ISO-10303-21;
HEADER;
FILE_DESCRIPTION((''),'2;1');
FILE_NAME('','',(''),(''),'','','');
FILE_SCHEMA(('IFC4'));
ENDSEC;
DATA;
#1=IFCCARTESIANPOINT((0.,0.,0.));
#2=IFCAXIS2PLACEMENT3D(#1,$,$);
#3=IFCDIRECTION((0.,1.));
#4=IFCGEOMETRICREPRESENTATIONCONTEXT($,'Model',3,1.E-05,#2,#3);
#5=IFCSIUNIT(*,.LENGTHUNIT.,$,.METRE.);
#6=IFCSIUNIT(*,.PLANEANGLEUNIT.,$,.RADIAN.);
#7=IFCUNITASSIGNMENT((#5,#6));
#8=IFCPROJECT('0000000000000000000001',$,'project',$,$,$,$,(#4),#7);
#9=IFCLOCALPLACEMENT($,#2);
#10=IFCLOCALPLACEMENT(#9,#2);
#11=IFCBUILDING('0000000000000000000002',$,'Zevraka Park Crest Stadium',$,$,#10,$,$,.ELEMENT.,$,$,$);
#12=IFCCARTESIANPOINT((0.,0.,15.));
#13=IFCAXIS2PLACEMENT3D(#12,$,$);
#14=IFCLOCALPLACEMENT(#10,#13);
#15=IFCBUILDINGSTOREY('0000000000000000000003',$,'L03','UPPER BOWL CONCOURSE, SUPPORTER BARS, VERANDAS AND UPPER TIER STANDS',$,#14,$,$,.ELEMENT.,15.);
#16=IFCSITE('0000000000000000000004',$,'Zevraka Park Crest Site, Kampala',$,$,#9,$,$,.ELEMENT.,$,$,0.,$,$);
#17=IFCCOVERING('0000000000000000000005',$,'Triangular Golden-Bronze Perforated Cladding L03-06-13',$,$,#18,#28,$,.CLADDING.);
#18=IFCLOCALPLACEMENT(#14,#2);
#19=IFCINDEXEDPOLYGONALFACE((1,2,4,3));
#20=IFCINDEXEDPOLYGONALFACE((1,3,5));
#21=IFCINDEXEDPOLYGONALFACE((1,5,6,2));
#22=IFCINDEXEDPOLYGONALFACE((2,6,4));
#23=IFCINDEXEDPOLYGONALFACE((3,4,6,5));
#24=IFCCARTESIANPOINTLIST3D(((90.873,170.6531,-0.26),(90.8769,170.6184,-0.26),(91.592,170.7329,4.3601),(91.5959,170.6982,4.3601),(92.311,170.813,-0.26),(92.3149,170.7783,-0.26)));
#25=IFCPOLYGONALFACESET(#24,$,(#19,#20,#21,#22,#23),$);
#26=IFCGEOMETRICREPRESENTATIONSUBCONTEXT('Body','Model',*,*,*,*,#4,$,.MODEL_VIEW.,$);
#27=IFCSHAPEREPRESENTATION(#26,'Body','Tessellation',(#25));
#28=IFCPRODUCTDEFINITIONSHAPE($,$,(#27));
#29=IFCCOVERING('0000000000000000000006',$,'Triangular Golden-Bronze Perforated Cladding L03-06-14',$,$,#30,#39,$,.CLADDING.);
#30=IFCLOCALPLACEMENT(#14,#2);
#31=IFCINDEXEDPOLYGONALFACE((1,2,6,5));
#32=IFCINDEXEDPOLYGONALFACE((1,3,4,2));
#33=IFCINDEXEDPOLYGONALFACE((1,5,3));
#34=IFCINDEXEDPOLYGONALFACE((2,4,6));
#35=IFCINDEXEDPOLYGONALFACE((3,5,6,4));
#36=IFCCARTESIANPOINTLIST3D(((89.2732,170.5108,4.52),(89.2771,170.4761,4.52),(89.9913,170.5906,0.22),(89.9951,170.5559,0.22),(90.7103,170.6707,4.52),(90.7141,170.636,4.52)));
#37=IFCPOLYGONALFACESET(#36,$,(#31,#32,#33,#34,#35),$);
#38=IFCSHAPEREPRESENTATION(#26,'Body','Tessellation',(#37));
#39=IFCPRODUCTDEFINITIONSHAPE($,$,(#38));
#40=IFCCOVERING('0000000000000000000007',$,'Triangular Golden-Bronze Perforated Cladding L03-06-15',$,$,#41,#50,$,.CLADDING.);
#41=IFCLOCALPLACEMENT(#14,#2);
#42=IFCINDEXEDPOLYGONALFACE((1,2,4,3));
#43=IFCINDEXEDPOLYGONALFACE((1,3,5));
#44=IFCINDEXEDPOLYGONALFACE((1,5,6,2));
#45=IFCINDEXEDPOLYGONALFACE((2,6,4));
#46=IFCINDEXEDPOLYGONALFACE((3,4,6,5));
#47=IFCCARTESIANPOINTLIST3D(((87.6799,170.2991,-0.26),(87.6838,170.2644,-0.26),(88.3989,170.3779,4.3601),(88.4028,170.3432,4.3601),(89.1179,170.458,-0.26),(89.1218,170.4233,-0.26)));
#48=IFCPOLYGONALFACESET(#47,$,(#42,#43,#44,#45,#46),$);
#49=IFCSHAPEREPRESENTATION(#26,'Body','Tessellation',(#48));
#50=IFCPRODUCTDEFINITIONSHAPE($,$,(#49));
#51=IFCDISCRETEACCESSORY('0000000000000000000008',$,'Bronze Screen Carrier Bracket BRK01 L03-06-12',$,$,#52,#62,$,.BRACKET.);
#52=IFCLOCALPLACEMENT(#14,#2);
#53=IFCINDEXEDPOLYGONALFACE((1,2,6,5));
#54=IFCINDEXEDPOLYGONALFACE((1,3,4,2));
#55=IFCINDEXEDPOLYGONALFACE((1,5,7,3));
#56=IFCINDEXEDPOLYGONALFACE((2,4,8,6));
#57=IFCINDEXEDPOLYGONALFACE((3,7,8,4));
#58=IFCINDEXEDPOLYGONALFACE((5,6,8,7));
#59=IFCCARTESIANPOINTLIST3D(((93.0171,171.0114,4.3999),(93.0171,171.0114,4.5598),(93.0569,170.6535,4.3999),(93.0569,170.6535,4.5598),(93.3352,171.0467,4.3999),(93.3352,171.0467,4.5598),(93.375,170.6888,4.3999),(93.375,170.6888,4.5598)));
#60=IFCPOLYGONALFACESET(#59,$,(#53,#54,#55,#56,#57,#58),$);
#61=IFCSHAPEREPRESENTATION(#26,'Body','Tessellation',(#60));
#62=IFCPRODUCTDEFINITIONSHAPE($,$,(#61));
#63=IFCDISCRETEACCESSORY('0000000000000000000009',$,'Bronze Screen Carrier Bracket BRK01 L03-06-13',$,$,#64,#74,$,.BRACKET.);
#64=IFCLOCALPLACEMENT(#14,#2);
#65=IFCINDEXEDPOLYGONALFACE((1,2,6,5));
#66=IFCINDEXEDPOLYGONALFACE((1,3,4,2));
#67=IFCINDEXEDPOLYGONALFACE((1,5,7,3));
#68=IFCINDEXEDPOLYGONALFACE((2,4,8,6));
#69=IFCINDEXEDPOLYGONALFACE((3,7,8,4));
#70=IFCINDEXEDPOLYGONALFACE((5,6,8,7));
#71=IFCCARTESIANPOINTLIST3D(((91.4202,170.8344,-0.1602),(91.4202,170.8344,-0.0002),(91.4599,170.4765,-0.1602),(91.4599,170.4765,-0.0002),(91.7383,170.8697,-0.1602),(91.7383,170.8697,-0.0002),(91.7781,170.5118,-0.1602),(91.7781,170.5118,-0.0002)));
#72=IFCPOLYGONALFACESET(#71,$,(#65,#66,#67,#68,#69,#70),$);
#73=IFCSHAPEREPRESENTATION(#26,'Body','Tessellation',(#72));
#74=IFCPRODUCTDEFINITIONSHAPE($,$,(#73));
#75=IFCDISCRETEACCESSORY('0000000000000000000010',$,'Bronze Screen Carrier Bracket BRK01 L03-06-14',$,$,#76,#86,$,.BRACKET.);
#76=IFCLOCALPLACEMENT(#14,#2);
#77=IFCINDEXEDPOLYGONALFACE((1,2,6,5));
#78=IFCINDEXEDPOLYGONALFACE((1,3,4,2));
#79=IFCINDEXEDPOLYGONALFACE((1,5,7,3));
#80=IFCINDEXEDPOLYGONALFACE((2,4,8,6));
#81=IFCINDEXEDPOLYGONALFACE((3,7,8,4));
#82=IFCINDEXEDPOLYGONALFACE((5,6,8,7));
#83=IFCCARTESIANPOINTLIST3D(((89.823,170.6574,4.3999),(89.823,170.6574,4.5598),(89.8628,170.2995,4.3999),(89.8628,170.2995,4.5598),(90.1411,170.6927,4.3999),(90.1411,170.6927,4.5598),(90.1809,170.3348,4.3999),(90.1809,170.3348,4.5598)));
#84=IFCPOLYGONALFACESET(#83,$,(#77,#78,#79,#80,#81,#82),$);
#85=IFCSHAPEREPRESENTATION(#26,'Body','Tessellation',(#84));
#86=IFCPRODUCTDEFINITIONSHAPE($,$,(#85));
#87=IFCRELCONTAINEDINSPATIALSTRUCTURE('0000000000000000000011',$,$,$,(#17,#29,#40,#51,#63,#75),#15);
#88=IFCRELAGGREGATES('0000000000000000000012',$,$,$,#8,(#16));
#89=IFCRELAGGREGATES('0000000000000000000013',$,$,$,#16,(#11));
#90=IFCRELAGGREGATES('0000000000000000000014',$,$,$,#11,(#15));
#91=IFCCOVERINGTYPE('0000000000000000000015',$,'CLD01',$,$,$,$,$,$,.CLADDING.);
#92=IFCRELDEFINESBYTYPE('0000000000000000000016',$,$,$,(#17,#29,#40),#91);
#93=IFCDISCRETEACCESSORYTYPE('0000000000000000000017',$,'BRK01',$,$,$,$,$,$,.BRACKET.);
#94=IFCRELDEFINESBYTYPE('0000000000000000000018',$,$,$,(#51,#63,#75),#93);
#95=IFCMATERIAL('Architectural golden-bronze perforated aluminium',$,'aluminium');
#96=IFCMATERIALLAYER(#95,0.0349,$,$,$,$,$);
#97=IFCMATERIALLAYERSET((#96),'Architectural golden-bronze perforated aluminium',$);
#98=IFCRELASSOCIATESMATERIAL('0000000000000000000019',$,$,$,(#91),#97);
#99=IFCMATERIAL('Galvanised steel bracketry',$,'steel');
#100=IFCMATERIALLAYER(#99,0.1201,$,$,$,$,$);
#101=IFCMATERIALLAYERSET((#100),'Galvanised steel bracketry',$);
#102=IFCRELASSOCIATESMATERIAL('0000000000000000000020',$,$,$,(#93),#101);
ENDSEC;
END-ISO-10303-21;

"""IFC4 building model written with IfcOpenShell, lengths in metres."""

from ifc_helpers import new_model, si_unit, direction, frame, origin, origin_2d, place, context, subcontext, project, spatial, polyline, rectangle, outline, extrude, material, layer, layer_set, type_object, element, save


model = new_model("IFC4")

# Units and contexts
model_context = context("Model", 3, precision=1e-05, world=origin(), true_north=direction((0.0, 1.0)))
body_context = subcontext(model_context, "Body", "Model", "MODEL_VIEW")
ifc_project = project(units=[si_unit("LENGTHUNIT", "METRE"), si_unit("PLANEANGLEUNIT", "RADIAN")], contexts=[model_context])

# Site, building, storey
site_placement = place(None, origin())
site = spatial("IfcSite", under=ifc_project, at=site_placement, Name="Zevraka Park Crest Site, Kampala", CompositionType="ELEMENT", RefElevation=0.0)
building_placement = place(site_placement, origin())
building = spatial("IfcBuilding", under=site, at=building_placement, Name="Zevraka Park Crest Stadium", CompositionType="ELEMENT")
storey_placement = place(building_placement, frame((0.0, 0.0, 15.0)))
storey = spatial("IfcBuildingStorey", under=building, at=storey_placement, Name="L03", Description="UPPER BOWL CONCOURSE, SUPPORTER BARS, VERANDAS AND UPPER TIER STANDS", CompositionType="ELEMENT", Elevation=15.0)

# Coverings
ifc_material_1 = material(Name="Architectural golden-bronze perforated aluminium", Category="aluminium")
ifc_layer_1 = layer(ifc_material_1, 0.0349)
ifc_layer_set_1 = layer_set([ifc_layer_1], Name="Architectural golden-bronze perforated aluminium")
covering_type = type_object("IfcCoveringType", Name="CLD01", PredefinedType="CLADDING", material=ifc_layer_set_1)
covering_1_placement = place(storey_placement, frame((92.311, 170.813, -0.26), z_axis=(-0.110524, 0.993873, 0.000026), x_axis=(-0.993873, -0.110524, 0.0)))
element("IfcCovering", 1, at=covering_1_placement, inside=storey, type_object=covering_type, Name="Triangular Golden-Bronze Perforated Cladding L03-06-13", PredefinedType="CLADDING", context=body_context, shape_type="SweptSolid", body=[
    extrude(outline(polyline([(0.0, 0.0), (1.4469, 0.0), (0.7234, 4.6201), (0.0, 0.0)])), origin(), (0.0, 0.0, -1.0), 0.0349),
])
covering_2_placement = place(storey_placement, frame((89.2771, 170.4761, 4.52), z_axis=(0.110598, -0.993865, 0.000016), x_axis=(0.993865, 0.110598, 0.0)))
element("IfcCovering", 2, at=covering_2_placement, inside=storey, type_object=covering_type, Name="Triangular Golden-Bronze Perforated Cladding L03-06-14", PredefinedType="CLADDING", context=body_context, shape_type="SweptSolid", body=[
    extrude(outline(polyline([(0.0, 0.0), (1.4459, 0.0), (0.7224, -4.3), (0.0, 0.0)])), origin(), (0.0, 0.0, -1.0), 0.0349),
])
covering_3_placement = place(storey_placement, frame((89.1179, 170.458, -0.26), z_axis=(-0.109857, 0.993947, 0.000131), x_axis=(-0.993947, -0.109857, 0.0)))
element("IfcCovering", 3, at=covering_3_placement, inside=storey, type_object=covering_type, Name="Triangular Golden-Bronze Perforated Cladding L03-06-15", PredefinedType="CLADDING", context=body_context, shape_type="SweptSolid", body=[
    extrude(outline(polyline([(0.0, 0.0), (1.4467, 0.0), (0.7234, 4.6201), (0.0, 0.0)])), origin(), (0.0, 0.0, -1.0), 0.0349),
])

# Discrete accessories
ifc_material_2 = material(Name="Galvanised steel bracketry", Category="steel")
ifc_layer_2 = layer(ifc_material_2, 0.1201)
ifc_layer_set_2 = layer_set([ifc_layer_2], Name="Galvanised steel bracketry")
discrete_accessory_type = type_object("IfcDiscreteAccessoryType", Name="BRK01", PredefinedType="BRACKET", material=ifc_layer_set_2)
for number, where, z_axis, x_axis, name in (
    (4, (93.196, 170.8501, 4.3999), (0.0, 0.0, 1.0), (-0.993884, -0.110428, 0.0), "Bronze Screen Carrier Bracket BRK01 L03-06-12"),
    (5, (91.5991, 170.6731, -0.1602), (0.0, 0.0, 1.0), (-0.993884, -0.110428, 0.0), "Bronze Screen Carrier Bracket BRK01 L03-06-13"),
    (6, (90.002, 170.4961, 4.3999), (0.0, 0.0, 1.0), (-0.993884, -0.110428, 0.0), "Bronze Screen Carrier Bracket BRK01 L03-06-14"),
):
    element("IfcDiscreteAccessory", number, at=place(storey_placement, frame(where, z_axis=z_axis, x_axis=x_axis)), inside=storey, type_object=discrete_accessory_type, Name=name, PredefinedType="BRACKET", context=body_context, shape_type="SweptSolid", body=[
        extrude(rectangle(XDim=0.3201, YDim=0.3601, at=origin_2d()), origin(), (0.0, 0.0, 1.0), 0.1599),
    ])

save(model, "model.ifc")
